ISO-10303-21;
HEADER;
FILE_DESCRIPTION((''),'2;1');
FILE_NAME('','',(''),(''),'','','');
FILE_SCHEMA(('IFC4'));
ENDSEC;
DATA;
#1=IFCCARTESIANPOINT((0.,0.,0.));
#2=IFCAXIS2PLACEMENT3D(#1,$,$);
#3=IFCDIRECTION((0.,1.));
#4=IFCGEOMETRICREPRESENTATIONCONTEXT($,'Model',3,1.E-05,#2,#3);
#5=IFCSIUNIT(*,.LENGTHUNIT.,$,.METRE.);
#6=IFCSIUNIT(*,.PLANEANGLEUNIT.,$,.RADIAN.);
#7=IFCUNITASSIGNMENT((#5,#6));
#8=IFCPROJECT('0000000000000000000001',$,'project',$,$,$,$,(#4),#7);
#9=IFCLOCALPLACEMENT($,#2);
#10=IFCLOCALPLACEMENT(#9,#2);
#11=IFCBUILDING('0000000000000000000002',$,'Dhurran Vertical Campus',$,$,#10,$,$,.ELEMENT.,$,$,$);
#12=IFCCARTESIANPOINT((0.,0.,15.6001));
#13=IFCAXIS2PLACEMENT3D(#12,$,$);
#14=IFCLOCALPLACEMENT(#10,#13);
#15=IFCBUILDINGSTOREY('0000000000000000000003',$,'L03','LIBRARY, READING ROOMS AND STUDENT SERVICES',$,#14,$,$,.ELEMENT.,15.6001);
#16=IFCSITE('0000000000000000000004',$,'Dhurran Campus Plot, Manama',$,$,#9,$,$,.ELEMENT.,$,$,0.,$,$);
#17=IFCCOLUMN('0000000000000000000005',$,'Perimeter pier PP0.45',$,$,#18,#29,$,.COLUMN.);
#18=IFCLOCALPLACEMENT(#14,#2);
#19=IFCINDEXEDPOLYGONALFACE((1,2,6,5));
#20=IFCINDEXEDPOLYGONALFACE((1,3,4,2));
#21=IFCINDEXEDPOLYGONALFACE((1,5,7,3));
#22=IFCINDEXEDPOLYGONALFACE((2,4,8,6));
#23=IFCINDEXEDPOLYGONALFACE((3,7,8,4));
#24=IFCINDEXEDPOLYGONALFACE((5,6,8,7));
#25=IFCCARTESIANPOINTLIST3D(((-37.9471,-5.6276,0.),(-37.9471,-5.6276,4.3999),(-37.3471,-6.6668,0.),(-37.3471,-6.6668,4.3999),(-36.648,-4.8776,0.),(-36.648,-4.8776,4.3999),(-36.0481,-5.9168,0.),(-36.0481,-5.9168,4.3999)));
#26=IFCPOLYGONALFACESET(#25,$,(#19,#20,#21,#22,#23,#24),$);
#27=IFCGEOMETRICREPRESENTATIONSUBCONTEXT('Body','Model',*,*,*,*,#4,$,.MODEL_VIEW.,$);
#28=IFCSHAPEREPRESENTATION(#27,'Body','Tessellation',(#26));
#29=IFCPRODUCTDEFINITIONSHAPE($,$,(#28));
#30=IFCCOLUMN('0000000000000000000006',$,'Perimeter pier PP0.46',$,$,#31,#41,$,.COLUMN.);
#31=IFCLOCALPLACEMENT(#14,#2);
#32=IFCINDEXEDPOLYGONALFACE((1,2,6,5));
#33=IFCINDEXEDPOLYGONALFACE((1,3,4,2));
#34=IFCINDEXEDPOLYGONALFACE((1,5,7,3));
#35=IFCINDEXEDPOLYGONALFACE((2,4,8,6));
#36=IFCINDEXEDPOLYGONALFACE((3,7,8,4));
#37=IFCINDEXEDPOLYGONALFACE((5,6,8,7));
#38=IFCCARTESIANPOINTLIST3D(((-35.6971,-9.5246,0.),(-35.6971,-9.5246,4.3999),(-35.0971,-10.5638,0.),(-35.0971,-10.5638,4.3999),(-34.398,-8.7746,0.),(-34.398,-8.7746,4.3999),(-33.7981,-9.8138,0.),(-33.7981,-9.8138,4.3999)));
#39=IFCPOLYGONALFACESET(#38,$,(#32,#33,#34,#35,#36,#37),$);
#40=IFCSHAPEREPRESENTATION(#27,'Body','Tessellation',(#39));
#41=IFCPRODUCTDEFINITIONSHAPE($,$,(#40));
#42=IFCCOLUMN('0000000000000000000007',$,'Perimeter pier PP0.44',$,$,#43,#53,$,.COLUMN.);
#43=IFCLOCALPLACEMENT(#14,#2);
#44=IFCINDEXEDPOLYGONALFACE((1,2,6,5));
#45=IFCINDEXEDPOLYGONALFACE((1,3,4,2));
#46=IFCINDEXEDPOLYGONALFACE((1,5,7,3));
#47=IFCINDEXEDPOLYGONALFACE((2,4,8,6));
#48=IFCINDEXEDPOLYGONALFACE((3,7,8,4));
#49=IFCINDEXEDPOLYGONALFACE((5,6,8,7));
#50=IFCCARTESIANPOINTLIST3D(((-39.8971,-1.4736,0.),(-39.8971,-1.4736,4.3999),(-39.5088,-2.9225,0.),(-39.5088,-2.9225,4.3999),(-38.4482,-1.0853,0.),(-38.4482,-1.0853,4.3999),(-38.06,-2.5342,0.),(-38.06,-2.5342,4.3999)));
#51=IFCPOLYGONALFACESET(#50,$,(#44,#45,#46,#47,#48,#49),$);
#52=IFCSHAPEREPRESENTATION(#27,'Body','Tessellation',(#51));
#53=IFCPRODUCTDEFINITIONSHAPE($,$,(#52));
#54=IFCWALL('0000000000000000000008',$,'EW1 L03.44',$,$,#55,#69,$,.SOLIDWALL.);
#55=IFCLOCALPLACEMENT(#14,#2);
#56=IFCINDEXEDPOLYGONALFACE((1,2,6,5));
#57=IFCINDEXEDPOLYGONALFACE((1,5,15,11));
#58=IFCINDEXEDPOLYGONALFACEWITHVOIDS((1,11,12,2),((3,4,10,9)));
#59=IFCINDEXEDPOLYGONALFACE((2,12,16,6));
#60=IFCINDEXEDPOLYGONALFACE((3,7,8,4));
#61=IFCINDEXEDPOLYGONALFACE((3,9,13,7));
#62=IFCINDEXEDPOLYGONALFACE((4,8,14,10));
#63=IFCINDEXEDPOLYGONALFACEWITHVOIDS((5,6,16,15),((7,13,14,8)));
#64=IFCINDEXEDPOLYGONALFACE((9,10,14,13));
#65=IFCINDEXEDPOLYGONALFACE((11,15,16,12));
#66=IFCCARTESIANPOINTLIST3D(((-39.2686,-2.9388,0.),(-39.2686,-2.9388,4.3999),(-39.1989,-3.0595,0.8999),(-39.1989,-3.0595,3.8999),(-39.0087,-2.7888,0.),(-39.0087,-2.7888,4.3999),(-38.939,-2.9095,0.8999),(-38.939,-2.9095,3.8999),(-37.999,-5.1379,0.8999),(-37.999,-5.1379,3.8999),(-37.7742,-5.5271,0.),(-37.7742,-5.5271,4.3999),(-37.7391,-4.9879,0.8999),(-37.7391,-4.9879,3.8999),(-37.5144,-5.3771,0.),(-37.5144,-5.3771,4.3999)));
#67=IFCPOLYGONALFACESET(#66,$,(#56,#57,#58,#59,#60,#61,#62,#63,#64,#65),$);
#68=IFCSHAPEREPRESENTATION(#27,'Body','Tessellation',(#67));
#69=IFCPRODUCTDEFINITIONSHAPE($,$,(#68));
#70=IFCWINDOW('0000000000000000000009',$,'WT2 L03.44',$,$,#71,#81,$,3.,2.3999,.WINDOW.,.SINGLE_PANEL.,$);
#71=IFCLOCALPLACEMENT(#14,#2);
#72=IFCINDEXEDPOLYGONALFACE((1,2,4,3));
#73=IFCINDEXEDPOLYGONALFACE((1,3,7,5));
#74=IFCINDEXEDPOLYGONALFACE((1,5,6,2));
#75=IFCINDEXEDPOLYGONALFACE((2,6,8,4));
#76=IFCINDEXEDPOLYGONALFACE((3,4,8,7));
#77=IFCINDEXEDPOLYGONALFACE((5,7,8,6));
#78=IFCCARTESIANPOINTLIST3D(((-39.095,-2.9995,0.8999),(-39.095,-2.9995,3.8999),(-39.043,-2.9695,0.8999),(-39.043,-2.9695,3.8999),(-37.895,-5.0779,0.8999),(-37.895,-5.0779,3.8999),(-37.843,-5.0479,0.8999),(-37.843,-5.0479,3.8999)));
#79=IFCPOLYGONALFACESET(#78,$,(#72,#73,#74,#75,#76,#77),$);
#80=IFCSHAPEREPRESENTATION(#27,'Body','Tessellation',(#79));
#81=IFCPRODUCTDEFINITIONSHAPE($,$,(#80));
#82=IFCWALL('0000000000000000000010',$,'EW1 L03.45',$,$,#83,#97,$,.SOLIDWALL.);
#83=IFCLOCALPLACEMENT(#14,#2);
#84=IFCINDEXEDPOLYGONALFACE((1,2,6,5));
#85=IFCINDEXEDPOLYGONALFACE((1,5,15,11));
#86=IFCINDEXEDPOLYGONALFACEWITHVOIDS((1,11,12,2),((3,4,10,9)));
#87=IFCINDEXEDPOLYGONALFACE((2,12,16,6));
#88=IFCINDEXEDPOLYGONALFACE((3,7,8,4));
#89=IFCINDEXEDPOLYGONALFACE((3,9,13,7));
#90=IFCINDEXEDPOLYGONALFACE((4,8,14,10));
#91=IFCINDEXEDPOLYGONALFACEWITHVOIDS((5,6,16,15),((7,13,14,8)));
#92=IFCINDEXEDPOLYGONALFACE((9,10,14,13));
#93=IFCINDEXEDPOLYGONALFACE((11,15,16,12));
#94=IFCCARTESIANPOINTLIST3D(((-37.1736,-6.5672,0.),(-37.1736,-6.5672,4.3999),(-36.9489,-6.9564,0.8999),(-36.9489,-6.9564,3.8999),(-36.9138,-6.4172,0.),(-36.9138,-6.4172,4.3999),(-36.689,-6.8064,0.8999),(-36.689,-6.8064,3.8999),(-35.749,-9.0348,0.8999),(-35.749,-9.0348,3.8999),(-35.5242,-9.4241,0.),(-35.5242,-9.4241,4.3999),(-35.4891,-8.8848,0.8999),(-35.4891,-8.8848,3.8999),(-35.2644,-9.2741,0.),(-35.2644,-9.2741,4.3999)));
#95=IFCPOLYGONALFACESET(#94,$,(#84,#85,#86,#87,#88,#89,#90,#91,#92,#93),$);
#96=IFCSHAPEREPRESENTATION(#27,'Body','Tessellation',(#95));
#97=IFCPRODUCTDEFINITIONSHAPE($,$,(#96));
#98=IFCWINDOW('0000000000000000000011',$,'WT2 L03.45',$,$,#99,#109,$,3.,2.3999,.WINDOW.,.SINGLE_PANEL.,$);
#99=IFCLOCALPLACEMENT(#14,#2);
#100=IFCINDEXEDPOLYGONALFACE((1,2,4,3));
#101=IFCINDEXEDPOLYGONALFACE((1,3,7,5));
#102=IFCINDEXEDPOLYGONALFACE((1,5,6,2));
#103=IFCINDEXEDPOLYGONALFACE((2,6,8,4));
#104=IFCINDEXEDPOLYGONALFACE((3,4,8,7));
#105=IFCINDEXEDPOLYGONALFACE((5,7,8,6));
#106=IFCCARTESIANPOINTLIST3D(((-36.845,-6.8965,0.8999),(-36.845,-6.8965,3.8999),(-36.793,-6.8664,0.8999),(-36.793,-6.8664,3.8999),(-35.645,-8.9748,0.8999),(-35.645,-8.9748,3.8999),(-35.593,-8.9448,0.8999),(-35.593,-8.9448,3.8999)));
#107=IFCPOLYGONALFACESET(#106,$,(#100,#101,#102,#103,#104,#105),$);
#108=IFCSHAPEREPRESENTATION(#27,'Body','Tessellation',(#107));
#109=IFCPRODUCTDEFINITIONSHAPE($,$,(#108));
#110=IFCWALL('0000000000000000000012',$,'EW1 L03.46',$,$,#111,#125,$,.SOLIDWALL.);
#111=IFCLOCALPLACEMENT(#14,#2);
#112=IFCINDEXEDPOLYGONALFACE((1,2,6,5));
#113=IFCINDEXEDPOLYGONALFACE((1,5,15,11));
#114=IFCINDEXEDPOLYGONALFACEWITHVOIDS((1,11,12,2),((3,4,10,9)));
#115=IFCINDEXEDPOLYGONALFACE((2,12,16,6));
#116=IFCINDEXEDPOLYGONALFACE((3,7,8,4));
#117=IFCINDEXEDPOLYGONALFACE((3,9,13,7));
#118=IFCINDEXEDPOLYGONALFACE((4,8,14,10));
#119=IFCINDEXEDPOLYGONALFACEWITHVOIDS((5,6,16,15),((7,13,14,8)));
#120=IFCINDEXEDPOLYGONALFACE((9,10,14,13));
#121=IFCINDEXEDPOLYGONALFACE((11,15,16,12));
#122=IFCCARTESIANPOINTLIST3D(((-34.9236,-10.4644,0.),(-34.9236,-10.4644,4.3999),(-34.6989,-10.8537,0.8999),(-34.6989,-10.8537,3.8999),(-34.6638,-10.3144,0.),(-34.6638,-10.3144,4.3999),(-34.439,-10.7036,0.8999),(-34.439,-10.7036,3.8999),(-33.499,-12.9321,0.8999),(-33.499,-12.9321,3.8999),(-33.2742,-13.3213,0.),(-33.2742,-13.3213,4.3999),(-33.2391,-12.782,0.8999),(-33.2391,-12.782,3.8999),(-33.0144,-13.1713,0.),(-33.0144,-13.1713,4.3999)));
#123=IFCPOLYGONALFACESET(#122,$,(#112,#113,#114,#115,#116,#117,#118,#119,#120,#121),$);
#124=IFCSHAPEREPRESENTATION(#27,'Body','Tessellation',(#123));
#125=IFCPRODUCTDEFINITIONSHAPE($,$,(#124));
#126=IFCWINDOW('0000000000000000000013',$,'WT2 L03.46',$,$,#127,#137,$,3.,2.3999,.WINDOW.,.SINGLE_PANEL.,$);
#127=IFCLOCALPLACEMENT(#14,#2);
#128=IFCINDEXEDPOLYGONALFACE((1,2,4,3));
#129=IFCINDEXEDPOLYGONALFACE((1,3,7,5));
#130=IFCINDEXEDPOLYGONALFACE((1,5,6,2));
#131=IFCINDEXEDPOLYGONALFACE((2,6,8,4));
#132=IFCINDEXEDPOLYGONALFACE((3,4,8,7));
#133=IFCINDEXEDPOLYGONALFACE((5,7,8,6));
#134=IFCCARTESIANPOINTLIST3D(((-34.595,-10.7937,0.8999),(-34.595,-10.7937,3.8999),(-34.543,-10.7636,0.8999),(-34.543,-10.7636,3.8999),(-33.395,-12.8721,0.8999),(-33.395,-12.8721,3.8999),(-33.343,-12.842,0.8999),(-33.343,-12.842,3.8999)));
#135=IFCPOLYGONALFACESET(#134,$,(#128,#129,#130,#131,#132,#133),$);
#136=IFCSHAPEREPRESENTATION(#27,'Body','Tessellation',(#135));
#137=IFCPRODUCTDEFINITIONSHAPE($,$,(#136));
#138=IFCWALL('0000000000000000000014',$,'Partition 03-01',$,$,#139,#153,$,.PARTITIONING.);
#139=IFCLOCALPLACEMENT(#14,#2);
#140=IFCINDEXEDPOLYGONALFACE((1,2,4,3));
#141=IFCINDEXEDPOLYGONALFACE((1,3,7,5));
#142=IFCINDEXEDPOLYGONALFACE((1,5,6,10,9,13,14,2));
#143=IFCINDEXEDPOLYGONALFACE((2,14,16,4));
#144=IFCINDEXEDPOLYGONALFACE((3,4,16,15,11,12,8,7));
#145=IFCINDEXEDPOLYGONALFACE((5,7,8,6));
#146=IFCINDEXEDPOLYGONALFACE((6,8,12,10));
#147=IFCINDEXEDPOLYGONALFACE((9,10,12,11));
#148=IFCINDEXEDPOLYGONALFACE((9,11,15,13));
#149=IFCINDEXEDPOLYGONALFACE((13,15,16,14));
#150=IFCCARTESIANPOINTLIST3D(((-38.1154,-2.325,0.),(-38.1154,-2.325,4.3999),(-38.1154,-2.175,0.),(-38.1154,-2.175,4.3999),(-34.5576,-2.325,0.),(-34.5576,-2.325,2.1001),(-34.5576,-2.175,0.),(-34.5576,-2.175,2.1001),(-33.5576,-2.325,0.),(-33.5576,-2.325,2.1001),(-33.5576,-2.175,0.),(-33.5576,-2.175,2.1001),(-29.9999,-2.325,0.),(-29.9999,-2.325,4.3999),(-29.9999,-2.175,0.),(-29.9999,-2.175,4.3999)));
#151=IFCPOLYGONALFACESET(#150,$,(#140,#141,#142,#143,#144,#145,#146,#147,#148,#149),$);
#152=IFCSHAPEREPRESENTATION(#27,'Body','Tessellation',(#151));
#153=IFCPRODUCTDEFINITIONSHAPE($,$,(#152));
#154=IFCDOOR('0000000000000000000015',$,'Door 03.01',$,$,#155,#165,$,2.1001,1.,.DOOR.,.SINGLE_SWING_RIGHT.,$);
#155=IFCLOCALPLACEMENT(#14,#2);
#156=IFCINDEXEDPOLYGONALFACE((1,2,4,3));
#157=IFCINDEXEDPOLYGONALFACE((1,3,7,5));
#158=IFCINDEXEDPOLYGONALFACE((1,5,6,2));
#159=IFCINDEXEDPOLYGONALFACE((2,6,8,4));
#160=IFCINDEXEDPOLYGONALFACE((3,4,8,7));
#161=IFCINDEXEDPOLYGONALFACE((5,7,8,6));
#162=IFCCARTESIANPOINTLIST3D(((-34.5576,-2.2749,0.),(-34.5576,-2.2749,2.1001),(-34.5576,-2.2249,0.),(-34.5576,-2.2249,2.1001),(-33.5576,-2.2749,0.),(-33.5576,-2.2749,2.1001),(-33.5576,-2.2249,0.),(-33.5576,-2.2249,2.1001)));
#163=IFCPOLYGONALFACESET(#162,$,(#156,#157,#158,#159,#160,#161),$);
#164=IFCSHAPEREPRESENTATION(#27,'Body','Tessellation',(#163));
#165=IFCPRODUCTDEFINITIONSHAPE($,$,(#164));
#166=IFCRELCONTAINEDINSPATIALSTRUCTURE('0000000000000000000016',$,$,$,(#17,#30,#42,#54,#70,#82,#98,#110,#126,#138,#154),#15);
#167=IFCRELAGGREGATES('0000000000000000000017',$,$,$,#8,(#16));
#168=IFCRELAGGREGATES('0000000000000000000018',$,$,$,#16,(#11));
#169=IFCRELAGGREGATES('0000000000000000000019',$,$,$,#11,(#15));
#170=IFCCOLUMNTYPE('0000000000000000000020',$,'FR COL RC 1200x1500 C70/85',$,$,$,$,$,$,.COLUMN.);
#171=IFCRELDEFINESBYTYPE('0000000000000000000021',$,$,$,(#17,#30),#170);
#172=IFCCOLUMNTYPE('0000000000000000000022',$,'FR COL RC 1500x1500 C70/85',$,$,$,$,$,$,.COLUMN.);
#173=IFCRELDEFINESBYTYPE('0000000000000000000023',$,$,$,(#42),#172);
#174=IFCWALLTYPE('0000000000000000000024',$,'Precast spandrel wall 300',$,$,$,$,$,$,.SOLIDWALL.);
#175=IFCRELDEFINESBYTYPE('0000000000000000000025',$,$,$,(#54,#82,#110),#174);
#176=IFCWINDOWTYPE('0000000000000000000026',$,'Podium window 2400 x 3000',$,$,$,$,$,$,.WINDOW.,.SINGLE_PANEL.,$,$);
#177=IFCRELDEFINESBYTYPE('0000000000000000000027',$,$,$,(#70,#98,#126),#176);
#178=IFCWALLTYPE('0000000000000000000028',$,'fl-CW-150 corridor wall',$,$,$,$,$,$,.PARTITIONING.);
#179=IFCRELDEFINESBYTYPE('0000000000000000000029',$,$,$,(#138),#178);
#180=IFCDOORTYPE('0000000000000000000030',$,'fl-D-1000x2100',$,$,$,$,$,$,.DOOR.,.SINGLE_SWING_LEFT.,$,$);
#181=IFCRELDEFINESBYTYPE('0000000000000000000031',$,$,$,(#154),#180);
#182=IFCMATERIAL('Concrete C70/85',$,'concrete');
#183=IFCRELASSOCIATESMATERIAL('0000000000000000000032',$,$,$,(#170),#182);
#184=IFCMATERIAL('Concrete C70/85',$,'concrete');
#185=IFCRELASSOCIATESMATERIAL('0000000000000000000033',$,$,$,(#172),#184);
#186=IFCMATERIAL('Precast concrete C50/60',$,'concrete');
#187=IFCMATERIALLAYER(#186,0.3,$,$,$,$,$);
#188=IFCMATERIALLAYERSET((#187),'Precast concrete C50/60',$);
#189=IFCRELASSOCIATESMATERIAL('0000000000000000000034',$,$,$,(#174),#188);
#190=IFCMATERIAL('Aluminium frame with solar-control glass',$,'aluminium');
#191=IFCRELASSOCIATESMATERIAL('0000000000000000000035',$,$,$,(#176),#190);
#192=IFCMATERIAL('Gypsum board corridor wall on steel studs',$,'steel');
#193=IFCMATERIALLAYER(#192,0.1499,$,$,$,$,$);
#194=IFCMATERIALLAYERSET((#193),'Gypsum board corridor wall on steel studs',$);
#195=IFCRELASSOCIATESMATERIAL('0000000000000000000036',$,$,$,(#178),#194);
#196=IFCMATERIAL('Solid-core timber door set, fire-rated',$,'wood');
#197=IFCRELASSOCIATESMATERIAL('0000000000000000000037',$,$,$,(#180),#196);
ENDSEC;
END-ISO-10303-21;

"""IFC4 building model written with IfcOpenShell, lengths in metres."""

from ifc_helpers import new_model, si_unit, direction, frame, frame_2d, origin, origin_2d, place, context, subcontext, project, spatial, rectangle, extrude, material, layer, layer_set, material_profile, profile_set, type_object, element, fill, save


model = new_model("IFC4")

# Units and contexts
model_context = context("Model", 3, precision=1e-05, world=origin(), true_north=direction((0.0, 1.0)))
body_context = subcontext(model_context, "Body", "Model", "MODEL_VIEW")
ifc_project = project(units=[si_unit("LENGTHUNIT", "METRE"), si_unit("PLANEANGLEUNIT", "RADIAN")], contexts=[model_context])

# Site, building, storey
site_placement = place(None, origin())
site = spatial("IfcSite", under=ifc_project, at=site_placement, Name="Dhurran Campus Plot, Manama", CompositionType="ELEMENT", RefElevation=0.0)
building_placement = place(site_placement, origin())
building = spatial("IfcBuilding", under=site, at=building_placement, Name="Dhurran Vertical Campus", CompositionType="ELEMENT")
storey_placement = place(building_placement, frame((0.0, 0.0, 15.6001)))
storey = spatial("IfcBuildingStorey", under=building, at=storey_placement, Name="L03", Description="LIBRARY, READING ROOMS AND STUDENT SERVICES", CompositionType="ELEMENT", Elevation=15.6001)

# Columns
ifc_material_1 = material(Name="Concrete C70/85", Category="concrete")
ifc_material_profile_1 = material_profile(ifc_material_1, rectangle(XDim=1.2, YDim=1.5, at=origin_2d()), Name="RC 1200x1500")
ifc_profile_set_1 = profile_set([ifc_material_profile_1], Name="Concrete C70/85")
column_type_1 = type_object("IfcColumnType", Name="FR COL RC 1200x1500 C70/85", PredefinedType="COLUMN", material=ifc_profile_set_1)
for number, where, z_axis, x_axis, name in (
    (1, (-36.9976, -5.7722, 0.0), (0.0, 0.0, 1.0), (0.5, -0.866025, 0.0), "Perimeter pier PP0.45"),
    (2, (-34.7476, -9.6692, 0.0), (0.0, 0.0, 1.0), (0.5, -0.866025, 0.0), "Perimeter pier PP0.46"),
):
    element("IfcColumn", number, at=place(storey_placement, frame(where, z_axis=z_axis, x_axis=x_axis)), inside=storey, type_object=column_type_1, Name=name, PredefinedType="COLUMN", context=body_context, shape_type="SweptSolid", body=[
        extrude(rectangle(XDim=1.2, YDim=1.5, at=origin_2d()), origin(), (0.0, 0.0, 1.0), 4.3999),
    ])
ifc_material_2 = material(Name="Concrete C70/85", Category="concrete")
ifc_material_profile_2 = material_profile(ifc_material_2, rectangle(XDim=1.5, YDim=1.5, at=origin_2d()), Name="RC 1500x1500")
ifc_profile_set_2 = profile_set([ifc_material_profile_2], Name="Concrete C70/85")
column_type_2 = type_object("IfcColumnType", Name="FR COL RC 1500x1500 C70/85", PredefinedType="COLUMN", material=ifc_profile_set_2)
column_placement = place(storey_placement, frame((-38.9785, -2.0039, 0.0), z_axis=(0.0, 0.0, 1.0), x_axis=(0.258819, -0.965926, 0.0)))
element("IfcColumn", 3, at=column_placement, inside=storey, type_object=column_type_2, Name="Perimeter pier PP0.44", PredefinedType="COLUMN", context=body_context, shape_type="SweptSolid", body=[
    extrude(rectangle(XDim=1.5, YDim=1.5, at=origin_2d()), origin(), (0.0, 0.0, 1.0), 4.3999),
])

# Walls, openings, windows
ifc_material_3 = material(Name="Precast concrete C50/60", Category="concrete")
ifc_layer_1 = layer(ifc_material_3, 0.3)
ifc_layer_set_1 = layer_set([ifc_layer_1], Name="Precast concrete C50/60")
wall_type_1 = type_object("IfcWallType", Name="Precast spandrel wall 300", PredefinedType="SOLIDWALL", material=ifc_layer_set_1)
wall_1_placement = place(storey_placement, frame((-39.1387, -2.8638, 0.0), z_axis=(0.0, 0.0, 1.0), x_axis=(0.499996, -0.866028, 0.0)))
wall_1 = element("IfcWall", 4, at=wall_1_placement, inside=storey, type_object=wall_type_1, Name="EW1 L03.44", PredefinedType="SOLIDWALL", context=body_context, shape_type="SweptSolid", body=[
    extrude(rectangle(XDim=2.9888, YDim=0.3, at=frame_2d((1.4944, 0.0))), origin(), (0.0, 0.0, 1.0), 4.3999),
])
opening_1_placement = place(wall_1_placement, frame((0.1394, 0.0, 0.8999)))
opening_1 = element("IfcOpeningElement", 5, at=opening_1_placement, cuts=wall_1, PredefinedType="OPENING", context=body_context, shape_type="SweptSolid", body=[
    extrude(rectangle(XDim=2.3999, YDim=3.0, at=frame_2d((1.2, 1.5))), frame((0.0, 0.1599, 0.0), z_axis=(0.0, -1.0, 0.0), x_axis=(1.0, 0.0, 0.0)), (0.0, 0.0, 1.0), 0.3201),
])
ifc_material_4 = material(Name="Aluminium frame with solar-control glass", Category="aluminium")
window_type = type_object("IfcWindowType", Name="Podium window 2400 x 3000", PartitioningType="SINGLE_PANEL", PredefinedType="WINDOW", material=ifc_material_4)
window_1_placement = place(opening_1_placement, origin())
window_1 = element("IfcWindow", 6, at=window_1_placement, inside=storey, type_object=window_type, Name="WT2 L03.44", OverallHeight=3.0, OverallWidth=2.3999, PartitioningType="SINGLE_PANEL", PredefinedType="WINDOW", context=body_context, shape_type="SweptSolid", body=[
    extrude(rectangle(XDim=2.3999, YDim=3.0, at=frame_2d((1.2, 1.5))), frame((0.0, 0.03, 0.0), z_axis=(0.0, -1.0, 0.0), x_axis=(1.0, 0.0, 0.0)), (0.0, 0.0, 1.0), 0.0601),
])
fill(opening_1, window_1)
wall_2_placement = place(storey_placement, frame((-37.0437, -6.4922, 0.0), z_axis=(0.0, 0.0, 1.0), x_axis=(0.499992, -0.86603, 0.0)))
wall_2 = element("IfcWall", 7, at=wall_2_placement, inside=storey, type_object=wall_type_1, Name="EW1 L03.45", PredefinedType="SOLIDWALL", context=body_context, shape_type="SweptSolid", body=[
    extrude(rectangle(XDim=3.2988, YDim=0.3, at=frame_2d((1.6494, 0.0))), origin(), (0.0, 0.0, 1.0), 4.3999),
])
opening_2_placement = place(wall_2_placement, frame((0.4495, 0.0, 0.8999)))
opening_2 = element("IfcOpeningElement", 8, at=opening_2_placement, cuts=wall_2, PredefinedType="OPENING", context=body_context, shape_type="SweptSolid", body=[
    extrude(rectangle(XDim=2.3999, YDim=3.0, at=frame_2d((1.2, 1.5))), frame((0.0, 0.1599, 0.0), z_axis=(0.0, -1.0, 0.0), x_axis=(1.0, 0.0, 0.0)), (0.0, 0.0, 1.0), 0.3201),
])
window_2_placement = place(opening_2_placement, origin())
window_2 = element("IfcWindow", 9, at=window_2_placement, inside=storey, type_object=window_type, Name="WT2 L03.45", OverallHeight=3.0, OverallWidth=2.3999, PartitioningType="SINGLE_PANEL", PredefinedType="WINDOW", context=body_context, shape_type="SweptSolid", body=[
    extrude(rectangle(XDim=2.3999, YDim=3.0, at=frame_2d((1.2, 1.5))), frame((0.0, 0.03, 0.0), z_axis=(0.0, -1.0, 0.0), x_axis=(1.0, 0.0, 0.0)), (0.0, 0.0, 1.0), 0.0601),
])
fill(opening_2, window_2)
wall_3_placement = place(storey_placement, frame((-34.7937, -10.3894, 0.0), z_axis=(0.0, 0.0, 1.0), x_axis=(0.499992, -0.86603, 0.0)))
wall_3 = element("IfcWall", 10, at=wall_3_placement, inside=storey, type_object=wall_type_1, Name="EW1 L03.46", PredefinedType="SOLIDWALL", context=body_context, shape_type="SweptSolid", body=[
    extrude(rectangle(XDim=3.2988, YDim=0.3, at=frame_2d((1.6494, 0.0))), origin(), (0.0, 0.0, 1.0), 4.3999),
])
opening_3_placement = place(wall_3_placement, frame((0.4495, 0.0, 0.8999)))
opening_3 = element("IfcOpeningElement", 11, at=opening_3_placement, cuts=wall_3, PredefinedType="OPENING", context=body_context, shape_type="SweptSolid", body=[
    extrude(rectangle(XDim=2.3999, YDim=3.0, at=frame_2d((1.2, 1.5))), frame((0.0, 0.1599, 0.0), z_axis=(0.0, -1.0, 0.0), x_axis=(1.0, 0.0, 0.0)), (0.0, 0.0, 1.0), 0.3201),
])
window_3_placement = place(opening_3_placement, origin())
window_3 = element("IfcWindow", 12, at=window_3_placement, inside=storey, type_object=window_type, Name="WT2 L03.46", OverallHeight=3.0, OverallWidth=2.3999, PartitioningType="SINGLE_PANEL", PredefinedType="WINDOW", context=body_context, shape_type="SweptSolid", body=[
    extrude(rectangle(XDim=2.3999, YDim=3.0, at=frame_2d((1.2, 1.5))), frame((0.0, 0.03, 0.0), z_axis=(0.0, -1.0, 0.0), x_axis=(1.0, 0.0, 0.0)), (0.0, 0.0, 1.0), 0.0601),
])
fill(opening_3, window_3)

# Wall, opening, door
ifc_material_5 = material(Name="Gypsum board corridor wall on steel studs", Category="steel")
ifc_layer_2 = layer(ifc_material_5, 0.1499)
ifc_layer_set_2 = layer_set([ifc_layer_2], Name="Gypsum board corridor wall on steel studs")
wall_type_2 = type_object("IfcWallType", Name="fl-CW-150 corridor wall", PredefinedType="PARTITIONING", material=ifc_layer_set_2)
wall_4_placement = place(storey_placement, frame((-30.0, -2.25, 0.0), z_axis=(0.0, 0.0, 1.0), x_axis=(-1.0, 0.0, 0.0)))
wall_4 = element("IfcWall", 13, at=wall_4_placement, inside=storey, type_object=wall_type_2, Name="Partition 03-01", PredefinedType="PARTITIONING", context=body_context, shape_type="SweptSolid", body=[
    extrude(rectangle(XDim=8.1155, YDim=0.1499, at=frame_2d((4.0576, 0.0))), origin(), (0.0, 0.0, 1.0), 4.3999),
])
opening_4_placement = place(wall_4_placement, frame((3.5576, 0.0, 0.0)))
opening_4 = element("IfcOpeningElement", 14, at=opening_4_placement, cuts=wall_4, PredefinedType="OPENING", context=body_context, shape_type="SweptSolid", body=[
    extrude(rectangle(XDim=1.0, YDim=2.1001, at=frame_2d((0.5, 1.05))), frame((0.0, 0.085, 0.0), z_axis=(0.0, -1.0, 0.0), x_axis=(1.0, 0.0, 0.0)), (0.0, 0.0, 1.0), 0.1699),
])
ifc_material_6 = material(Name="Solid-core timber door set, fire-rated", Category="wood")
door_type = type_object("IfcDoorType", Name="fl-D-1000x2100", OperationType="SINGLE_SWING_LEFT", PredefinedType="DOOR", material=ifc_material_6)
door_1_placement = place(opening_4_placement, origin())
door_1 = element("IfcDoor", 15, at=door_1_placement, inside=storey, type_object=door_type, Name="Door 03.01", OperationType="SINGLE_SWING_RIGHT", OverallHeight=2.1001, OverallWidth=1.0, PredefinedType="DOOR", context=body_context, shape_type="SweptSolid", body=[
    extrude(rectangle(XDim=1.0, YDim=2.1001, at=frame_2d((0.5, 1.05))), frame((0.0, 0.0249, 0.0), z_axis=(0.0, -1.0, 0.0), x_axis=(1.0, 0.0, 0.0)), (0.0, 0.0, 1.0), 0.05),
])
fill(opening_4, door_1)

save(model, "model.ifc")
